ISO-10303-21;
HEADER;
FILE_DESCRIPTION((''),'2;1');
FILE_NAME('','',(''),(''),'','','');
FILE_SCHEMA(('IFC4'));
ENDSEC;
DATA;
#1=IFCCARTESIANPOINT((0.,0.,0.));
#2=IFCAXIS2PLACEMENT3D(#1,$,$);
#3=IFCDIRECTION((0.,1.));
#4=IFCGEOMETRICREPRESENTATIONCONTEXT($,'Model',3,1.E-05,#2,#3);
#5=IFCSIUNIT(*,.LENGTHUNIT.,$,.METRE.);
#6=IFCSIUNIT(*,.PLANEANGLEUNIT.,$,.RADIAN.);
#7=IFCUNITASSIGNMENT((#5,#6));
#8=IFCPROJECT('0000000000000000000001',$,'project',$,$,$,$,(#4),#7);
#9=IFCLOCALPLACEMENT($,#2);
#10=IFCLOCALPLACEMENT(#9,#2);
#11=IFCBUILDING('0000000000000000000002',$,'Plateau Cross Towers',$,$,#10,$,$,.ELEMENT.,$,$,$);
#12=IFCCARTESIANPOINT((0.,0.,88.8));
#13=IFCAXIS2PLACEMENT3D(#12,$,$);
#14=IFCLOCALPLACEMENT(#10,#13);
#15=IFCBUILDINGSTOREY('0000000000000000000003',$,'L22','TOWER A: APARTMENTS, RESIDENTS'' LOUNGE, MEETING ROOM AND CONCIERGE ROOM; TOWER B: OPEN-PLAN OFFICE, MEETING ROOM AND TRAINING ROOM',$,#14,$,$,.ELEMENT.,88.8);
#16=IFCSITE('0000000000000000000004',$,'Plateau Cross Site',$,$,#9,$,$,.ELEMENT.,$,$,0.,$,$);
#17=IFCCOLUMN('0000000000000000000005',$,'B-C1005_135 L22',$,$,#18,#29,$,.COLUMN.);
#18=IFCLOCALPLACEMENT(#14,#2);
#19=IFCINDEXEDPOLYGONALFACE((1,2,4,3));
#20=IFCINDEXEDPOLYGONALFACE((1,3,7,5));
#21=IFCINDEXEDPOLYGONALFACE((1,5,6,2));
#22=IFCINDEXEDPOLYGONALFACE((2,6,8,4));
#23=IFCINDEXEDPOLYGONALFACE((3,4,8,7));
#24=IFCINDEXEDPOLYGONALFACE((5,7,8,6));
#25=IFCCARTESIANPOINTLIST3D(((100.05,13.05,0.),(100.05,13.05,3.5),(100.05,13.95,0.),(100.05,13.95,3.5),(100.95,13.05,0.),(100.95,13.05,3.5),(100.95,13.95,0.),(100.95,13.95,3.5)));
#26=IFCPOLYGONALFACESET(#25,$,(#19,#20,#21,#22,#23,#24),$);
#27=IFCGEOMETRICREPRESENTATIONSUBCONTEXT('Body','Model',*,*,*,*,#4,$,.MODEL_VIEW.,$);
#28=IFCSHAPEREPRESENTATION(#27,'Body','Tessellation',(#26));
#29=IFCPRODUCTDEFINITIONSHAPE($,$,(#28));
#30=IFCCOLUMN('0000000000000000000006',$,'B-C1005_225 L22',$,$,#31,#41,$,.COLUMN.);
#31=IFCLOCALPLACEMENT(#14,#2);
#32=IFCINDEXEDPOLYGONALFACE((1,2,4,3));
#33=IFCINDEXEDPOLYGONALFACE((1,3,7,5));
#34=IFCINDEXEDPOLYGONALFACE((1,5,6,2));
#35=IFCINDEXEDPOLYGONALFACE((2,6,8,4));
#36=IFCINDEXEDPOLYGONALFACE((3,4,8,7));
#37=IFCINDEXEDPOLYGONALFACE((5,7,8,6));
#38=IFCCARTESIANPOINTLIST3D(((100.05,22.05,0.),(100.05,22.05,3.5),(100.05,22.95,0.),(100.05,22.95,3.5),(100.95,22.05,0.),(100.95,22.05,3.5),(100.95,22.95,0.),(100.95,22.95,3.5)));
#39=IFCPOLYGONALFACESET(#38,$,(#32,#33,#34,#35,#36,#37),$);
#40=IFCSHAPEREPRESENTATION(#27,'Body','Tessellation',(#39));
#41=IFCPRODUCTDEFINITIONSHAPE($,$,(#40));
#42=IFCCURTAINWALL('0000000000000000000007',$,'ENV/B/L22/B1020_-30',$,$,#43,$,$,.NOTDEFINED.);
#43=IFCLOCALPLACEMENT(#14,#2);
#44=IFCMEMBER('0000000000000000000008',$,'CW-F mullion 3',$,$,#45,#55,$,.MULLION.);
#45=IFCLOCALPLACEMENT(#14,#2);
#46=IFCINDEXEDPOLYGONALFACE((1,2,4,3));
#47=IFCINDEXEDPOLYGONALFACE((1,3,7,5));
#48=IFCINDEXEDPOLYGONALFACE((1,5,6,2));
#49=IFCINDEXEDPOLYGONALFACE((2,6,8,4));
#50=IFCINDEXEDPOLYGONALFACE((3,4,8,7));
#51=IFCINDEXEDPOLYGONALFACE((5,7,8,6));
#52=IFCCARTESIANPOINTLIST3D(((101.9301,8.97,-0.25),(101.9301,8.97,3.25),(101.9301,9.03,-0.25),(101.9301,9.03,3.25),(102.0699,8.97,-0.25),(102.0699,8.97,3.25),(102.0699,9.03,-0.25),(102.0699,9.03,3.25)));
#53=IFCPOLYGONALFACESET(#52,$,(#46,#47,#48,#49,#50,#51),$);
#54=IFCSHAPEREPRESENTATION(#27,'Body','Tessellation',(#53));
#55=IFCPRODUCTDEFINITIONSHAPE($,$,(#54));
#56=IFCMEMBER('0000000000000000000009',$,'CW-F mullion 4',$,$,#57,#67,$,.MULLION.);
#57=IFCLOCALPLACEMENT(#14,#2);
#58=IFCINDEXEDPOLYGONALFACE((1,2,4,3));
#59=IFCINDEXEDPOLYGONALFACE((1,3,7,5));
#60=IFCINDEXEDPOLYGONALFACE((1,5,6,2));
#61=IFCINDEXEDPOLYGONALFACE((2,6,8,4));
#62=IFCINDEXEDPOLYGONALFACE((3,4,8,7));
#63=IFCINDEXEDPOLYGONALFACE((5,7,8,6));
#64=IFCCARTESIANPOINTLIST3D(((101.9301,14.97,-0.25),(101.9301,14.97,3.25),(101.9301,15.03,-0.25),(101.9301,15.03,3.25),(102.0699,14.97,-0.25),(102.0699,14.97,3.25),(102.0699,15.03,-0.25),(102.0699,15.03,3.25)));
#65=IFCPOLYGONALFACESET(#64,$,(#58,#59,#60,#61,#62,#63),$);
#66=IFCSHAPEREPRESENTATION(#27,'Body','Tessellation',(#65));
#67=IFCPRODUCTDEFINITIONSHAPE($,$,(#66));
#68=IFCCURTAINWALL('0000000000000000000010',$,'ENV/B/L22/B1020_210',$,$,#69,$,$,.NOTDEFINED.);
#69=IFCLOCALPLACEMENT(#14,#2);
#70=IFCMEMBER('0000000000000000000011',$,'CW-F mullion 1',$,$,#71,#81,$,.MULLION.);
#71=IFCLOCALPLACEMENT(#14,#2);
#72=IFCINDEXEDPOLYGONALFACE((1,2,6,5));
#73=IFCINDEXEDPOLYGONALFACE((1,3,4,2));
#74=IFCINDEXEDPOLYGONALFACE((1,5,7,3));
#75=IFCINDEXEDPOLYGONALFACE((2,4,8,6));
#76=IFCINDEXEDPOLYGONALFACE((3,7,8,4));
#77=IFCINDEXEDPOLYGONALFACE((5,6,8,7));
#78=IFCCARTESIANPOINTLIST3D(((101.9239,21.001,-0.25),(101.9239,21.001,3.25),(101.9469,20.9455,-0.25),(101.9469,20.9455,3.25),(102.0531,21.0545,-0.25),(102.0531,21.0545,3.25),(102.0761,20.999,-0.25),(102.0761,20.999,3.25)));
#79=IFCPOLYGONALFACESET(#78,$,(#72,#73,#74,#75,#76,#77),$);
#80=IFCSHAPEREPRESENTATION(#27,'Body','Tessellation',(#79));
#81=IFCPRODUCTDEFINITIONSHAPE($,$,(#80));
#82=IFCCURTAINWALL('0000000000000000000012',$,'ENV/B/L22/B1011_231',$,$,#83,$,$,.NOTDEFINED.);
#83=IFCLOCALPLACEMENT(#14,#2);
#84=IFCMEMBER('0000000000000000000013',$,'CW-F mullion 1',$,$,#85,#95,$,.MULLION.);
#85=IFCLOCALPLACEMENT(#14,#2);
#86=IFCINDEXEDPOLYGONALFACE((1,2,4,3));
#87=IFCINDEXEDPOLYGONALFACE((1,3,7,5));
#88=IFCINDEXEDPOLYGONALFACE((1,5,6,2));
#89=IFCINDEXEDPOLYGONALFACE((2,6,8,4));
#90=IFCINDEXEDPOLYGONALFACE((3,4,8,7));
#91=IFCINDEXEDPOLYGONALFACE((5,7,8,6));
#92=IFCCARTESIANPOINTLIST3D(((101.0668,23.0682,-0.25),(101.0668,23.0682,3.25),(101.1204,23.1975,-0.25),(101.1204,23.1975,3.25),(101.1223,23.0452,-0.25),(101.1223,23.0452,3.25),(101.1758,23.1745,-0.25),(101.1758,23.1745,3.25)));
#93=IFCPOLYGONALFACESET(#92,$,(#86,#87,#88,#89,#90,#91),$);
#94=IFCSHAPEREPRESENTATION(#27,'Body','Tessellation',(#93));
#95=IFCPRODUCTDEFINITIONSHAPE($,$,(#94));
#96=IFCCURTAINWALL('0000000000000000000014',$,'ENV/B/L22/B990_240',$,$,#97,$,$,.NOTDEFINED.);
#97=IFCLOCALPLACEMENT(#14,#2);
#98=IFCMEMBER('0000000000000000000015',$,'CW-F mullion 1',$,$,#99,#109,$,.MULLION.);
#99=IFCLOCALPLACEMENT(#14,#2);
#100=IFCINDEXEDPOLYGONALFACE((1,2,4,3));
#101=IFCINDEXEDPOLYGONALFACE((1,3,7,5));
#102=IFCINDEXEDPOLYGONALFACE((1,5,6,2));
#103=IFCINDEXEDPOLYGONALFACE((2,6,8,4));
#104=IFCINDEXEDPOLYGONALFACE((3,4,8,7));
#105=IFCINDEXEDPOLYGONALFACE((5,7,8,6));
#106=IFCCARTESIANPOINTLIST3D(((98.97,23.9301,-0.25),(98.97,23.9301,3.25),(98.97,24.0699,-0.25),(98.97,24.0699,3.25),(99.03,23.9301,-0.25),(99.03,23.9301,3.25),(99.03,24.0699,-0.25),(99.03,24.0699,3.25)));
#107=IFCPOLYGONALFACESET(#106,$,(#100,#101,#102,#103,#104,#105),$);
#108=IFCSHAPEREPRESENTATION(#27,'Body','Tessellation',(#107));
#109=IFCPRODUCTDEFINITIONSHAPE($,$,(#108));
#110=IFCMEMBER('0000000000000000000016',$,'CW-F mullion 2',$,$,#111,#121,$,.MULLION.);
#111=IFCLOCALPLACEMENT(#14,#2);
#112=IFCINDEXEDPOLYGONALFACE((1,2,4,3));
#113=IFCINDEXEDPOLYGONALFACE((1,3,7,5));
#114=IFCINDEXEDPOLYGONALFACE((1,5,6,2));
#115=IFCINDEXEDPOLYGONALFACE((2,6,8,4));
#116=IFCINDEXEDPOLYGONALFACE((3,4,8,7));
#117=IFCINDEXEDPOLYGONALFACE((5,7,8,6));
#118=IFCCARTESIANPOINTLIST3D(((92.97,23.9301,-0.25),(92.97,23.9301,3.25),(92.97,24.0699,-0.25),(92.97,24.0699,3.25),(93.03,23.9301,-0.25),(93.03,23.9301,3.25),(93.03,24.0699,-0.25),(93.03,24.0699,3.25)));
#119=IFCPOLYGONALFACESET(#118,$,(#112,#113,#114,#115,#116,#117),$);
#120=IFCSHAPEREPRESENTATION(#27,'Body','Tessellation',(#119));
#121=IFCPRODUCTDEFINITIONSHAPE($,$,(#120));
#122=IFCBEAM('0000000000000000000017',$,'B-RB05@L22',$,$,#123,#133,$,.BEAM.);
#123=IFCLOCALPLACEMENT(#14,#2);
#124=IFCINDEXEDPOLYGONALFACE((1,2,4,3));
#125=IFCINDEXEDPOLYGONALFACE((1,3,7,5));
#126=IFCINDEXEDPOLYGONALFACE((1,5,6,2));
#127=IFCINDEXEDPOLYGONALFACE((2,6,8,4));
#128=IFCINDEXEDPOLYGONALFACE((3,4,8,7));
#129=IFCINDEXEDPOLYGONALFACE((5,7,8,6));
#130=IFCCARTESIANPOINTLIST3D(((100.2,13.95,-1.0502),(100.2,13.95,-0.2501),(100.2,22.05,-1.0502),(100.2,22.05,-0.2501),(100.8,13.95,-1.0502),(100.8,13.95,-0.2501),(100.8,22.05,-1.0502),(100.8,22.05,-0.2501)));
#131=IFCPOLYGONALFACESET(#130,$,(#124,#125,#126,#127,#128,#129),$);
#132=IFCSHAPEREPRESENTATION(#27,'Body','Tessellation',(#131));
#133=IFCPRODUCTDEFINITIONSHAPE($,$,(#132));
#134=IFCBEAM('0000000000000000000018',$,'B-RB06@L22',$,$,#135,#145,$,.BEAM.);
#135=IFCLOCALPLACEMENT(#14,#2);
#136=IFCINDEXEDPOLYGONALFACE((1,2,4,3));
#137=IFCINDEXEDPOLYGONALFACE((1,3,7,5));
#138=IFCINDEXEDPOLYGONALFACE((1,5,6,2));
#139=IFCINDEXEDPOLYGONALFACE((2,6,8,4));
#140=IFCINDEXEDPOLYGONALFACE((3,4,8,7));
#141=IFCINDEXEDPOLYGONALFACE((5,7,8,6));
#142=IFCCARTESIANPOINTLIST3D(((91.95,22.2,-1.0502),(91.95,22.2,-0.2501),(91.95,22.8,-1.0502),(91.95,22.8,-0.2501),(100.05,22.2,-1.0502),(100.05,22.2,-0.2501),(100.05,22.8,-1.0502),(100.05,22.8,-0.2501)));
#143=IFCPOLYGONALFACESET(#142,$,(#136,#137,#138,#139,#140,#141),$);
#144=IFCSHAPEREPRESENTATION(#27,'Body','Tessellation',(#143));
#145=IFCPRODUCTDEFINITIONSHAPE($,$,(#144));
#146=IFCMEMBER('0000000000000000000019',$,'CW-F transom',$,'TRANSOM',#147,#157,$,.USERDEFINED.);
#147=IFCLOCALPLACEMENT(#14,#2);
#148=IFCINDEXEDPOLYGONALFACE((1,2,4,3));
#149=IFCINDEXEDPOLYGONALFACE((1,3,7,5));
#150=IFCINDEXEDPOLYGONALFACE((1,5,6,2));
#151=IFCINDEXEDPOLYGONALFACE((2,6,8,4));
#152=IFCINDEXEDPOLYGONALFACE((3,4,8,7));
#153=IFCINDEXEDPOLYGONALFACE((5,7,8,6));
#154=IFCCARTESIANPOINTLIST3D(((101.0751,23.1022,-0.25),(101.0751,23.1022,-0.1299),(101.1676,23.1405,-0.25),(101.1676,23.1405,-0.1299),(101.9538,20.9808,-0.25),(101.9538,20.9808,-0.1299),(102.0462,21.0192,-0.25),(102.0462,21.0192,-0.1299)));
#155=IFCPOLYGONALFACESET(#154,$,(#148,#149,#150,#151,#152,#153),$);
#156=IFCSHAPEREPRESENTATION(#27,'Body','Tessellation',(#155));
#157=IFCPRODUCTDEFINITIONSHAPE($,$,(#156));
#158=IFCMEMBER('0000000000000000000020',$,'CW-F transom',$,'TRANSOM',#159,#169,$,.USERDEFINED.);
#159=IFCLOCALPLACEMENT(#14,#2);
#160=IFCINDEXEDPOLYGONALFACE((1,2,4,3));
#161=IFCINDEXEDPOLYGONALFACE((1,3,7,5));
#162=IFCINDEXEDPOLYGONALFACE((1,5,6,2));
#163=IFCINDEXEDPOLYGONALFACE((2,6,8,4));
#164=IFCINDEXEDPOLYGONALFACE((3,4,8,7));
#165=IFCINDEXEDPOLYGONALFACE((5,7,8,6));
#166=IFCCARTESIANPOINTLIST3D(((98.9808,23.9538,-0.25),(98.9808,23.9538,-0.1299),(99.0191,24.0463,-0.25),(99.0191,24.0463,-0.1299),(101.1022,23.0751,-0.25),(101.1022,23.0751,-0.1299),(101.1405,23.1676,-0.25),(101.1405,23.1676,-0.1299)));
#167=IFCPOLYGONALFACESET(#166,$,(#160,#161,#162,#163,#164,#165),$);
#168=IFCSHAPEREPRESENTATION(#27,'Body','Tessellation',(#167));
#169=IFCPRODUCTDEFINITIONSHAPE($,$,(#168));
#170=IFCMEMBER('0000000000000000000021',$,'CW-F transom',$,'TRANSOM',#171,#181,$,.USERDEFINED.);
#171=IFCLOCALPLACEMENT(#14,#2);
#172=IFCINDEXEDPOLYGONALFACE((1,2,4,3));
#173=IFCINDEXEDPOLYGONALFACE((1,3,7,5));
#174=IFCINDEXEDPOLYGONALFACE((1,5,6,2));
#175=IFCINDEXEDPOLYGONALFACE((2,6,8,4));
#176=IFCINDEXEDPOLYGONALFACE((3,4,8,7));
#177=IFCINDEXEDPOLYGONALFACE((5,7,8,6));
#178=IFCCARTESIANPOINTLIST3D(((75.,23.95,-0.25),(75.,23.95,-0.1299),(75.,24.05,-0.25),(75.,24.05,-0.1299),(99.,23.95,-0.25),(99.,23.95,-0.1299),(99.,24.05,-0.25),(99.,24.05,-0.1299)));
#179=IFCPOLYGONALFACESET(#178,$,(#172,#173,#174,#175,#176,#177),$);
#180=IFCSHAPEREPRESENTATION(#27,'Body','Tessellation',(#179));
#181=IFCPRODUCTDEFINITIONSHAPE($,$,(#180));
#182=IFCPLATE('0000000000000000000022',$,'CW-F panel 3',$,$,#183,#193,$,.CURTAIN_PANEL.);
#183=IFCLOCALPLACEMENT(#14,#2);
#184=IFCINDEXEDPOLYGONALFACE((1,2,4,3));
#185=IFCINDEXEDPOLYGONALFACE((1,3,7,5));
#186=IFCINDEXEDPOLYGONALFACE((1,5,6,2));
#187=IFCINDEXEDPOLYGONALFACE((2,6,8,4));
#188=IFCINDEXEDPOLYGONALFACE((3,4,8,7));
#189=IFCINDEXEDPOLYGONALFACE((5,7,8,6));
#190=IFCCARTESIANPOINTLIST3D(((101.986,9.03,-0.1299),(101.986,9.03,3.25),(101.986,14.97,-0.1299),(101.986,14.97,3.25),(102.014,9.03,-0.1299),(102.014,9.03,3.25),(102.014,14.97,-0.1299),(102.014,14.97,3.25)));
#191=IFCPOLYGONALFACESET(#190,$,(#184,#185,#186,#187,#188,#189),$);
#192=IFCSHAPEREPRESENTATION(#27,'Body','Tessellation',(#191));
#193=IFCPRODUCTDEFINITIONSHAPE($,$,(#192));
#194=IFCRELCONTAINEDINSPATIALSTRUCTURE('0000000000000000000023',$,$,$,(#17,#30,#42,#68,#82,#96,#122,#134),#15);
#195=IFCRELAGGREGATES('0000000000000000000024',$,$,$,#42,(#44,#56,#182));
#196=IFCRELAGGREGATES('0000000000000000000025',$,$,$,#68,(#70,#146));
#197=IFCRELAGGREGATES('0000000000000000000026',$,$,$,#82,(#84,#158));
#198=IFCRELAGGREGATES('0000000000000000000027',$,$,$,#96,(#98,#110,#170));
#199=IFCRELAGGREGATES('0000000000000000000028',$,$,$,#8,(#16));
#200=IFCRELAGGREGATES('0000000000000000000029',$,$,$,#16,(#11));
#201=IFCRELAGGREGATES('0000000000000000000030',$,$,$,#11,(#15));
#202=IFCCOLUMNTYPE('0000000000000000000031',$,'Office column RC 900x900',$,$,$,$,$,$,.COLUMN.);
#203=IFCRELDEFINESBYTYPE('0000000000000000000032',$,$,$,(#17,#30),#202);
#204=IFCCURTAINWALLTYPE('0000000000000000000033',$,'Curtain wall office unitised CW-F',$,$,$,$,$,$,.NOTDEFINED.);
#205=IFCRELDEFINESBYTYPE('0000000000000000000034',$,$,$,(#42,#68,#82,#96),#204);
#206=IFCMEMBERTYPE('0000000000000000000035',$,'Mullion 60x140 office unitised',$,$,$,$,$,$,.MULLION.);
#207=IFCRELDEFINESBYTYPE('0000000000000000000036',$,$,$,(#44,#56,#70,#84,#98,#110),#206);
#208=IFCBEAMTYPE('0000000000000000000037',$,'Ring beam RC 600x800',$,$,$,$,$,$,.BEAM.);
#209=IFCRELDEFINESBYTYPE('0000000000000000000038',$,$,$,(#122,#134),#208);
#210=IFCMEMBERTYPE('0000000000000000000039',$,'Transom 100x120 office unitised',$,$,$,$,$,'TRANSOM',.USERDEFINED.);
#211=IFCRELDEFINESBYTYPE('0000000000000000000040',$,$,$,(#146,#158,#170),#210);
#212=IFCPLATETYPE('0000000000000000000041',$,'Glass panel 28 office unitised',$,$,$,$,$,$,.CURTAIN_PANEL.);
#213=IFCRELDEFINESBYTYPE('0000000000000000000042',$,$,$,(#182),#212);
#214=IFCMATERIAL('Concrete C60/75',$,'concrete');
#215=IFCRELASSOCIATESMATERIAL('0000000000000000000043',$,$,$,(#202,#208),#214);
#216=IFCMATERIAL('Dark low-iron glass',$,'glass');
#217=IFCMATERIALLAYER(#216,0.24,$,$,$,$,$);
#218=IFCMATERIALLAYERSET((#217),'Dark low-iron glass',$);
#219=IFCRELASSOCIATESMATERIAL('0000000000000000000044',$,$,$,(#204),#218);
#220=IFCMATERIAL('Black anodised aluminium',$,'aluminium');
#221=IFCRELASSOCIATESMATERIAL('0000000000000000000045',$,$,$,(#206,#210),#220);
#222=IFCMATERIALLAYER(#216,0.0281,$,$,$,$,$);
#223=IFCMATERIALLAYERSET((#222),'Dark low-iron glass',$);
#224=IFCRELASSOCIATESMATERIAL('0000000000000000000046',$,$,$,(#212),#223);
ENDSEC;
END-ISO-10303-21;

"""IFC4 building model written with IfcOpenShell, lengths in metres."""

from ifc_helpers import new_model, si_unit, direction, frame, origin, origin_2d, place, context, subcontext, project, spatial, rectangle, extrude, material, layer, layer_set, material_profile, profile_set, type_object, element, aggregate, save


model = new_model("IFC4")

# Units and contexts
model_context = context("Model", 3, precision=1e-05, world=origin(), true_north=direction((0.0, 1.0)))
body_context = subcontext(model_context, "Body", "Model", "MODEL_VIEW")
ifc_project = project(units=[si_unit("LENGTHUNIT", "METRE"), si_unit("PLANEANGLEUNIT", "RADIAN")], contexts=[model_context])

# Site, building, storey
site_placement = place(None, origin())
site = spatial("IfcSite", under=ifc_project, at=site_placement, Name="Plateau Cross Site", CompositionType="ELEMENT", RefElevation=0.0)
building_placement = place(site_placement, origin())
building = spatial("IfcBuilding", under=site, at=building_placement, Name="Plateau Cross Towers", CompositionType="ELEMENT")
storey_placement = place(building_placement, frame((0.0, 0.0, 88.8)))
storey = spatial("IfcBuildingStorey", under=building, at=storey_placement, Name="L22", Description="TOWER A: APARTMENTS, RESIDENTS' LOUNGE, MEETING ROOM AND CONCIERGE ROOM; TOWER B: OPEN-PLAN OFFICE, MEETING ROOM AND TRAINING ROOM", CompositionType="ELEMENT", Elevation=88.8)

# Columns
ifc_material_1 = material(Name="Concrete C60/75", Category="concrete")
ifc_material_profile_1 = material_profile(ifc_material_1, rectangle(XDim=0.8999, YDim=0.8999, at=origin_2d()), Name="RC 900x900")
ifc_profile_set_1 = profile_set([ifc_material_profile_1], Name="Concrete C60/75")
column_type = type_object("IfcColumnType", Name="Office column RC 900x900", PredefinedType="COLUMN", material=ifc_profile_set_1)
for number, where, z_axis, x_axis, name in (
    (1, (100.5, 13.5, 0.0), (0.0, 0.0, 1.0), (1.0, 0.0, 0.0), "B-C1005_135 L22"),
    (2, (100.5, 22.5, 0.0), (0.0, 0.0, 1.0), (1.0, 0.0, 0.0), "B-C1005_225 L22"),
):
    element("IfcColumn", number, at=place(storey_placement, frame(where, z_axis=z_axis, x_axis=x_axis)), inside=storey, type_object=column_type, Name=name, PredefinedType="COLUMN", context=body_context, shape_type="SweptSolid", body=[
        extrude(rectangle(XDim=0.8999, YDim=0.8999, at=origin_2d()), origin(), (0.0, 0.0, 1.0), 3.5),
    ])

# Curtain wall, members
ifc_material_2 = material(Name="Dark low-iron glass", Category="glass")
ifc_layer_1 = layer(ifc_material_2, 0.24)
ifc_layer_set_1 = layer_set([ifc_layer_1], Name="Dark low-iron glass")
curtain_wall_type = type_object("IfcCurtainWallType", Name="Curtain wall office unitised CW-F", PredefinedType="NOTDEFINED", material=ifc_layer_set_1)
curtain_wall_1_placement = place(storey_placement, origin())
curtain_wall_1 = element("IfcCurtainWall", 3, at=curtain_wall_1_placement, inside=storey, type_object=curtain_wall_type, Name="ENV/B/L22/B1020_-30", PredefinedType="NOTDEFINED")
ifc_material_3 = material(Name="Black anodised aluminium", Category="aluminium")
ifc_material_profile_2 = material_profile(ifc_material_3, rectangle(XDim=0.0601, YDim=0.1399, at=origin_2d()), Name="MULLION 60x140")
ifc_profile_set_2 = profile_set([ifc_material_profile_2], Name="Black anodised aluminium")
member_type_1 = type_object("IfcMemberType", Name="Mullion 60x140 office unitised", PredefinedType="MULLION", material=ifc_profile_set_2)
member_1_placement = place(storey_placement, frame((102.0, 9.0, -0.25), z_axis=(0.0, 0.0, 1.0), x_axis=(0.0, 1.0, 0.0)))
member_1 = element("IfcMember", 4, at=member_1_placement, type_object=member_type_1, Name="CW-F mullion 3", PredefinedType="MULLION", context=body_context, shape_type="SweptSolid", body=[
    extrude(rectangle(XDim=0.0601, YDim=0.1399, at=origin_2d()), origin(), (0.0, 0.0, 1.0), 3.5),
])
member_2_placement = place(storey_placement, frame((102.0, 15.0, -0.25), z_axis=(0.0, 0.0, 1.0), x_axis=(0.0, 1.0, 0.0)))
member_2 = element("IfcMember", 5, at=member_2_placement, type_object=member_type_1, Name="CW-F mullion 4", PredefinedType="MULLION", context=body_context, shape_type="SweptSolid", body=[
    extrude(rectangle(XDim=0.0601, YDim=0.1399, at=origin_2d()), origin(), (0.0, 0.0, 1.0), 3.5),
])

# Curtain walls, members
curtain_wall_2_placement = place(storey_placement, origin())
curtain_wall_2 = element("IfcCurtainWall", 6, at=curtain_wall_2_placement, inside=storey, type_object=curtain_wall_type, Name="ENV/B/L22/B1020_210", PredefinedType="NOTDEFINED")
member_3_placement = place(storey_placement, frame((102.0, 21.0, -0.25), z_axis=(0.0, 0.0, 1.0), x_axis=(-0.382684, 0.923879, 0.0)))
member_3 = element("IfcMember", 7, at=member_3_placement, type_object=member_type_1, Name="CW-F mullion 1", PredefinedType="MULLION", context=body_context, shape_type="SweptSolid", body=[
    extrude(rectangle(XDim=0.0601, YDim=0.1399, at=origin_2d()), origin(), (0.0, 0.0, 1.0), 3.5),
])
curtain_wall_3_placement = place(storey_placement, origin())
curtain_wall_3 = element("IfcCurtainWall", 8, at=curtain_wall_3_placement, inside=storey, type_object=curtain_wall_type, Name="ENV/B/L22/B1011_231", PredefinedType="NOTDEFINED")
member_4_placement = place(storey_placement, frame((101.1213, 23.1213, -0.25), z_axis=(0.0, 0.0, 1.0), x_axis=(-0.923879, 0.382684, 0.0)))
member_4 = element("IfcMember", 9, at=member_4_placement, type_object=member_type_1, Name="CW-F mullion 1", PredefinedType="MULLION", context=body_context, shape_type="SweptSolid", body=[
    extrude(rectangle(XDim=0.0601, YDim=0.1399, at=origin_2d()), origin(), (0.0, 0.0, 1.0), 3.5),
])

# Curtain wall, members
curtain_wall_4_placement = place(storey_placement, origin())
curtain_wall_4 = element("IfcCurtainWall", 10, at=curtain_wall_4_placement, inside=storey, type_object=curtain_wall_type, Name="ENV/B/L22/B990_240", PredefinedType="NOTDEFINED")
member_5_placement = place(storey_placement, frame((99.0, 24.0, -0.25), z_axis=(0.0, 0.0, 1.0), x_axis=(-1.0, 0.0, 0.0)))
member_5 = element("IfcMember", 11, at=member_5_placement, type_object=member_type_1, Name="CW-F mullion 1", PredefinedType="MULLION", context=body_context, shape_type="SweptSolid", body=[
    extrude(rectangle(XDim=0.0601, YDim=0.1399, at=origin_2d()), origin(), (0.0, 0.0, 1.0), 3.5),
])
member_6_placement = place(storey_placement, frame((93.0, 24.0, -0.25), z_axis=(0.0, 0.0, 1.0), x_axis=(-1.0, 0.0, 0.0)))
member_6 = element("IfcMember", 12, at=member_6_placement, type_object=member_type_1, Name="CW-F mullion 2", PredefinedType="MULLION", context=body_context, shape_type="SweptSolid", body=[
    extrude(rectangle(XDim=0.0601, YDim=0.1399, at=origin_2d()), origin(), (0.0, 0.0, 1.0), 3.5),
])

# Beams
ifc_material_profile_3 = material_profile(ifc_material_1, rectangle(XDim=0.6001, YDim=0.8, at=origin_2d()), Name="RC 600x800")
ifc_profile_set_3 = profile_set([ifc_material_profile_3], Name="Concrete C60/75")
beam_type = type_object("IfcBeamType", Name="Ring beam RC 600x800", PredefinedType="BEAM", material=ifc_profile_set_3)
for number, where, z_axis, x_axis, name in (
    (13, (100.5, 13.95, -0.6501), (0.0, 1.0, 0.0), (-1.0, 0.0, 0.0), "B-RB05@L22"),
    (14, (100.05, 22.5, -0.6501), (-1.0, 0.0, 0.0), (0.0, -1.0, 0.0), "B-RB06@L22"),
):
    element("IfcBeam", number, at=place(storey_placement, frame(where, z_axis=z_axis, x_axis=x_axis)), inside=storey, type_object=beam_type, Name=name, PredefinedType="BEAM", context=body_context, shape_type="SweptSolid", body=[
        extrude(rectangle(XDim=0.6001, YDim=0.8, at=origin_2d()), origin(), (0.0, 0.0, 1.0), 8.1001),
    ])

# Members
ifc_material_profile_4 = material_profile(ifc_material_3, rectangle(XDim=0.1001, YDim=0.1201, at=origin_2d()), Name="TRANSOM 100x120")
ifc_profile_set_4 = profile_set([ifc_material_profile_4], Name="Black anodised aluminium")
member_type_2 = type_object("IfcMemberType", Name="Transom 100x120 office unitised", ElementType="TRANSOM", PredefinedType="USERDEFINED", material=ifc_profile_set_4)
member_7_placement = place(storey_placement, frame((102.0, 21.0, -0.1899), z_axis=(-0.382674, 0.923883, 0.0), x_axis=(-0.923883, -0.382674, 0.0)))
member_7 = element("IfcMember", 15, at=member_7_placement, type_object=member_type_2, Name="CW-F transom", ObjectType="TRANSOM", PredefinedType="USERDEFINED", context=body_context, shape_type="SweptSolid", body=[
    extrude(rectangle(XDim=0.1001, YDim=0.1201, at=origin_2d()), origin(), (0.0, 0.0, 1.0), 2.2961),
])
member_8_placement = place(storey_placement, frame((101.1213, 23.1213, -0.1899), z_axis=(-0.923883, 0.382674, 0.0), x_axis=(-0.382674, -0.923883, 0.0)))
member_8 = element("IfcMember", 16, at=member_8_placement, type_object=member_type_2, Name="CW-F transom", ObjectType="TRANSOM", PredefinedType="USERDEFINED", context=body_context, shape_type="SweptSolid", body=[
    extrude(rectangle(XDim=0.1001, YDim=0.1201, at=origin_2d()), origin(), (0.0, 0.0, 1.0), 2.2961),
])
member_9_placement = place(storey_placement, frame((99.0, 24.0, -0.1899), z_axis=(-1.0, 0.0, 0.0), x_axis=(0.0, -1.0, 0.0)))
member_9 = element("IfcMember", 17, at=member_9_placement, type_object=member_type_2, Name="CW-F transom", ObjectType="TRANSOM", PredefinedType="USERDEFINED", context=body_context, shape_type="SweptSolid", body=[
    extrude(rectangle(XDim=0.1001, YDim=0.1201, at=origin_2d()), origin(), (0.0, 0.0, 1.0), 24.0),
])

# Plate
ifc_layer_2 = layer(ifc_material_2, 0.0281)
ifc_layer_set_2 = layer_set([ifc_layer_2], Name="Dark low-iron glass")
plate_type = type_object("IfcPlateType", Name="Glass panel 28 office unitised", PredefinedType="CURTAIN_PANEL", material=ifc_layer_set_2)
plate_1_placement = place(storey_placement, frame((102.0, 12.0, -0.1299), z_axis=(0.0, 0.0, 1.0), x_axis=(0.0, 1.0, 0.0)))
plate_1 = element("IfcPlate", 18, at=plate_1_placement, type_object=plate_type, Name="CW-F panel 3", PredefinedType="CURTAIN_PANEL", context=body_context, shape_type="SweptSolid", body=[
    extrude(rectangle(XDim=5.9399, YDim=0.0281, at=origin_2d()), origin(), (0.0, 0.0, 1.0), 3.3799),
])
aggregate(curtain_wall_1, [member_1, member_2, plate_1])
aggregate(curtain_wall_2, [member_3, member_7])
aggregate(curtain_wall_3, [member_4, member_8])
aggregate(curtain_wall_4, [member_5, member_6, member_9])

save(model, "model.ifc")
